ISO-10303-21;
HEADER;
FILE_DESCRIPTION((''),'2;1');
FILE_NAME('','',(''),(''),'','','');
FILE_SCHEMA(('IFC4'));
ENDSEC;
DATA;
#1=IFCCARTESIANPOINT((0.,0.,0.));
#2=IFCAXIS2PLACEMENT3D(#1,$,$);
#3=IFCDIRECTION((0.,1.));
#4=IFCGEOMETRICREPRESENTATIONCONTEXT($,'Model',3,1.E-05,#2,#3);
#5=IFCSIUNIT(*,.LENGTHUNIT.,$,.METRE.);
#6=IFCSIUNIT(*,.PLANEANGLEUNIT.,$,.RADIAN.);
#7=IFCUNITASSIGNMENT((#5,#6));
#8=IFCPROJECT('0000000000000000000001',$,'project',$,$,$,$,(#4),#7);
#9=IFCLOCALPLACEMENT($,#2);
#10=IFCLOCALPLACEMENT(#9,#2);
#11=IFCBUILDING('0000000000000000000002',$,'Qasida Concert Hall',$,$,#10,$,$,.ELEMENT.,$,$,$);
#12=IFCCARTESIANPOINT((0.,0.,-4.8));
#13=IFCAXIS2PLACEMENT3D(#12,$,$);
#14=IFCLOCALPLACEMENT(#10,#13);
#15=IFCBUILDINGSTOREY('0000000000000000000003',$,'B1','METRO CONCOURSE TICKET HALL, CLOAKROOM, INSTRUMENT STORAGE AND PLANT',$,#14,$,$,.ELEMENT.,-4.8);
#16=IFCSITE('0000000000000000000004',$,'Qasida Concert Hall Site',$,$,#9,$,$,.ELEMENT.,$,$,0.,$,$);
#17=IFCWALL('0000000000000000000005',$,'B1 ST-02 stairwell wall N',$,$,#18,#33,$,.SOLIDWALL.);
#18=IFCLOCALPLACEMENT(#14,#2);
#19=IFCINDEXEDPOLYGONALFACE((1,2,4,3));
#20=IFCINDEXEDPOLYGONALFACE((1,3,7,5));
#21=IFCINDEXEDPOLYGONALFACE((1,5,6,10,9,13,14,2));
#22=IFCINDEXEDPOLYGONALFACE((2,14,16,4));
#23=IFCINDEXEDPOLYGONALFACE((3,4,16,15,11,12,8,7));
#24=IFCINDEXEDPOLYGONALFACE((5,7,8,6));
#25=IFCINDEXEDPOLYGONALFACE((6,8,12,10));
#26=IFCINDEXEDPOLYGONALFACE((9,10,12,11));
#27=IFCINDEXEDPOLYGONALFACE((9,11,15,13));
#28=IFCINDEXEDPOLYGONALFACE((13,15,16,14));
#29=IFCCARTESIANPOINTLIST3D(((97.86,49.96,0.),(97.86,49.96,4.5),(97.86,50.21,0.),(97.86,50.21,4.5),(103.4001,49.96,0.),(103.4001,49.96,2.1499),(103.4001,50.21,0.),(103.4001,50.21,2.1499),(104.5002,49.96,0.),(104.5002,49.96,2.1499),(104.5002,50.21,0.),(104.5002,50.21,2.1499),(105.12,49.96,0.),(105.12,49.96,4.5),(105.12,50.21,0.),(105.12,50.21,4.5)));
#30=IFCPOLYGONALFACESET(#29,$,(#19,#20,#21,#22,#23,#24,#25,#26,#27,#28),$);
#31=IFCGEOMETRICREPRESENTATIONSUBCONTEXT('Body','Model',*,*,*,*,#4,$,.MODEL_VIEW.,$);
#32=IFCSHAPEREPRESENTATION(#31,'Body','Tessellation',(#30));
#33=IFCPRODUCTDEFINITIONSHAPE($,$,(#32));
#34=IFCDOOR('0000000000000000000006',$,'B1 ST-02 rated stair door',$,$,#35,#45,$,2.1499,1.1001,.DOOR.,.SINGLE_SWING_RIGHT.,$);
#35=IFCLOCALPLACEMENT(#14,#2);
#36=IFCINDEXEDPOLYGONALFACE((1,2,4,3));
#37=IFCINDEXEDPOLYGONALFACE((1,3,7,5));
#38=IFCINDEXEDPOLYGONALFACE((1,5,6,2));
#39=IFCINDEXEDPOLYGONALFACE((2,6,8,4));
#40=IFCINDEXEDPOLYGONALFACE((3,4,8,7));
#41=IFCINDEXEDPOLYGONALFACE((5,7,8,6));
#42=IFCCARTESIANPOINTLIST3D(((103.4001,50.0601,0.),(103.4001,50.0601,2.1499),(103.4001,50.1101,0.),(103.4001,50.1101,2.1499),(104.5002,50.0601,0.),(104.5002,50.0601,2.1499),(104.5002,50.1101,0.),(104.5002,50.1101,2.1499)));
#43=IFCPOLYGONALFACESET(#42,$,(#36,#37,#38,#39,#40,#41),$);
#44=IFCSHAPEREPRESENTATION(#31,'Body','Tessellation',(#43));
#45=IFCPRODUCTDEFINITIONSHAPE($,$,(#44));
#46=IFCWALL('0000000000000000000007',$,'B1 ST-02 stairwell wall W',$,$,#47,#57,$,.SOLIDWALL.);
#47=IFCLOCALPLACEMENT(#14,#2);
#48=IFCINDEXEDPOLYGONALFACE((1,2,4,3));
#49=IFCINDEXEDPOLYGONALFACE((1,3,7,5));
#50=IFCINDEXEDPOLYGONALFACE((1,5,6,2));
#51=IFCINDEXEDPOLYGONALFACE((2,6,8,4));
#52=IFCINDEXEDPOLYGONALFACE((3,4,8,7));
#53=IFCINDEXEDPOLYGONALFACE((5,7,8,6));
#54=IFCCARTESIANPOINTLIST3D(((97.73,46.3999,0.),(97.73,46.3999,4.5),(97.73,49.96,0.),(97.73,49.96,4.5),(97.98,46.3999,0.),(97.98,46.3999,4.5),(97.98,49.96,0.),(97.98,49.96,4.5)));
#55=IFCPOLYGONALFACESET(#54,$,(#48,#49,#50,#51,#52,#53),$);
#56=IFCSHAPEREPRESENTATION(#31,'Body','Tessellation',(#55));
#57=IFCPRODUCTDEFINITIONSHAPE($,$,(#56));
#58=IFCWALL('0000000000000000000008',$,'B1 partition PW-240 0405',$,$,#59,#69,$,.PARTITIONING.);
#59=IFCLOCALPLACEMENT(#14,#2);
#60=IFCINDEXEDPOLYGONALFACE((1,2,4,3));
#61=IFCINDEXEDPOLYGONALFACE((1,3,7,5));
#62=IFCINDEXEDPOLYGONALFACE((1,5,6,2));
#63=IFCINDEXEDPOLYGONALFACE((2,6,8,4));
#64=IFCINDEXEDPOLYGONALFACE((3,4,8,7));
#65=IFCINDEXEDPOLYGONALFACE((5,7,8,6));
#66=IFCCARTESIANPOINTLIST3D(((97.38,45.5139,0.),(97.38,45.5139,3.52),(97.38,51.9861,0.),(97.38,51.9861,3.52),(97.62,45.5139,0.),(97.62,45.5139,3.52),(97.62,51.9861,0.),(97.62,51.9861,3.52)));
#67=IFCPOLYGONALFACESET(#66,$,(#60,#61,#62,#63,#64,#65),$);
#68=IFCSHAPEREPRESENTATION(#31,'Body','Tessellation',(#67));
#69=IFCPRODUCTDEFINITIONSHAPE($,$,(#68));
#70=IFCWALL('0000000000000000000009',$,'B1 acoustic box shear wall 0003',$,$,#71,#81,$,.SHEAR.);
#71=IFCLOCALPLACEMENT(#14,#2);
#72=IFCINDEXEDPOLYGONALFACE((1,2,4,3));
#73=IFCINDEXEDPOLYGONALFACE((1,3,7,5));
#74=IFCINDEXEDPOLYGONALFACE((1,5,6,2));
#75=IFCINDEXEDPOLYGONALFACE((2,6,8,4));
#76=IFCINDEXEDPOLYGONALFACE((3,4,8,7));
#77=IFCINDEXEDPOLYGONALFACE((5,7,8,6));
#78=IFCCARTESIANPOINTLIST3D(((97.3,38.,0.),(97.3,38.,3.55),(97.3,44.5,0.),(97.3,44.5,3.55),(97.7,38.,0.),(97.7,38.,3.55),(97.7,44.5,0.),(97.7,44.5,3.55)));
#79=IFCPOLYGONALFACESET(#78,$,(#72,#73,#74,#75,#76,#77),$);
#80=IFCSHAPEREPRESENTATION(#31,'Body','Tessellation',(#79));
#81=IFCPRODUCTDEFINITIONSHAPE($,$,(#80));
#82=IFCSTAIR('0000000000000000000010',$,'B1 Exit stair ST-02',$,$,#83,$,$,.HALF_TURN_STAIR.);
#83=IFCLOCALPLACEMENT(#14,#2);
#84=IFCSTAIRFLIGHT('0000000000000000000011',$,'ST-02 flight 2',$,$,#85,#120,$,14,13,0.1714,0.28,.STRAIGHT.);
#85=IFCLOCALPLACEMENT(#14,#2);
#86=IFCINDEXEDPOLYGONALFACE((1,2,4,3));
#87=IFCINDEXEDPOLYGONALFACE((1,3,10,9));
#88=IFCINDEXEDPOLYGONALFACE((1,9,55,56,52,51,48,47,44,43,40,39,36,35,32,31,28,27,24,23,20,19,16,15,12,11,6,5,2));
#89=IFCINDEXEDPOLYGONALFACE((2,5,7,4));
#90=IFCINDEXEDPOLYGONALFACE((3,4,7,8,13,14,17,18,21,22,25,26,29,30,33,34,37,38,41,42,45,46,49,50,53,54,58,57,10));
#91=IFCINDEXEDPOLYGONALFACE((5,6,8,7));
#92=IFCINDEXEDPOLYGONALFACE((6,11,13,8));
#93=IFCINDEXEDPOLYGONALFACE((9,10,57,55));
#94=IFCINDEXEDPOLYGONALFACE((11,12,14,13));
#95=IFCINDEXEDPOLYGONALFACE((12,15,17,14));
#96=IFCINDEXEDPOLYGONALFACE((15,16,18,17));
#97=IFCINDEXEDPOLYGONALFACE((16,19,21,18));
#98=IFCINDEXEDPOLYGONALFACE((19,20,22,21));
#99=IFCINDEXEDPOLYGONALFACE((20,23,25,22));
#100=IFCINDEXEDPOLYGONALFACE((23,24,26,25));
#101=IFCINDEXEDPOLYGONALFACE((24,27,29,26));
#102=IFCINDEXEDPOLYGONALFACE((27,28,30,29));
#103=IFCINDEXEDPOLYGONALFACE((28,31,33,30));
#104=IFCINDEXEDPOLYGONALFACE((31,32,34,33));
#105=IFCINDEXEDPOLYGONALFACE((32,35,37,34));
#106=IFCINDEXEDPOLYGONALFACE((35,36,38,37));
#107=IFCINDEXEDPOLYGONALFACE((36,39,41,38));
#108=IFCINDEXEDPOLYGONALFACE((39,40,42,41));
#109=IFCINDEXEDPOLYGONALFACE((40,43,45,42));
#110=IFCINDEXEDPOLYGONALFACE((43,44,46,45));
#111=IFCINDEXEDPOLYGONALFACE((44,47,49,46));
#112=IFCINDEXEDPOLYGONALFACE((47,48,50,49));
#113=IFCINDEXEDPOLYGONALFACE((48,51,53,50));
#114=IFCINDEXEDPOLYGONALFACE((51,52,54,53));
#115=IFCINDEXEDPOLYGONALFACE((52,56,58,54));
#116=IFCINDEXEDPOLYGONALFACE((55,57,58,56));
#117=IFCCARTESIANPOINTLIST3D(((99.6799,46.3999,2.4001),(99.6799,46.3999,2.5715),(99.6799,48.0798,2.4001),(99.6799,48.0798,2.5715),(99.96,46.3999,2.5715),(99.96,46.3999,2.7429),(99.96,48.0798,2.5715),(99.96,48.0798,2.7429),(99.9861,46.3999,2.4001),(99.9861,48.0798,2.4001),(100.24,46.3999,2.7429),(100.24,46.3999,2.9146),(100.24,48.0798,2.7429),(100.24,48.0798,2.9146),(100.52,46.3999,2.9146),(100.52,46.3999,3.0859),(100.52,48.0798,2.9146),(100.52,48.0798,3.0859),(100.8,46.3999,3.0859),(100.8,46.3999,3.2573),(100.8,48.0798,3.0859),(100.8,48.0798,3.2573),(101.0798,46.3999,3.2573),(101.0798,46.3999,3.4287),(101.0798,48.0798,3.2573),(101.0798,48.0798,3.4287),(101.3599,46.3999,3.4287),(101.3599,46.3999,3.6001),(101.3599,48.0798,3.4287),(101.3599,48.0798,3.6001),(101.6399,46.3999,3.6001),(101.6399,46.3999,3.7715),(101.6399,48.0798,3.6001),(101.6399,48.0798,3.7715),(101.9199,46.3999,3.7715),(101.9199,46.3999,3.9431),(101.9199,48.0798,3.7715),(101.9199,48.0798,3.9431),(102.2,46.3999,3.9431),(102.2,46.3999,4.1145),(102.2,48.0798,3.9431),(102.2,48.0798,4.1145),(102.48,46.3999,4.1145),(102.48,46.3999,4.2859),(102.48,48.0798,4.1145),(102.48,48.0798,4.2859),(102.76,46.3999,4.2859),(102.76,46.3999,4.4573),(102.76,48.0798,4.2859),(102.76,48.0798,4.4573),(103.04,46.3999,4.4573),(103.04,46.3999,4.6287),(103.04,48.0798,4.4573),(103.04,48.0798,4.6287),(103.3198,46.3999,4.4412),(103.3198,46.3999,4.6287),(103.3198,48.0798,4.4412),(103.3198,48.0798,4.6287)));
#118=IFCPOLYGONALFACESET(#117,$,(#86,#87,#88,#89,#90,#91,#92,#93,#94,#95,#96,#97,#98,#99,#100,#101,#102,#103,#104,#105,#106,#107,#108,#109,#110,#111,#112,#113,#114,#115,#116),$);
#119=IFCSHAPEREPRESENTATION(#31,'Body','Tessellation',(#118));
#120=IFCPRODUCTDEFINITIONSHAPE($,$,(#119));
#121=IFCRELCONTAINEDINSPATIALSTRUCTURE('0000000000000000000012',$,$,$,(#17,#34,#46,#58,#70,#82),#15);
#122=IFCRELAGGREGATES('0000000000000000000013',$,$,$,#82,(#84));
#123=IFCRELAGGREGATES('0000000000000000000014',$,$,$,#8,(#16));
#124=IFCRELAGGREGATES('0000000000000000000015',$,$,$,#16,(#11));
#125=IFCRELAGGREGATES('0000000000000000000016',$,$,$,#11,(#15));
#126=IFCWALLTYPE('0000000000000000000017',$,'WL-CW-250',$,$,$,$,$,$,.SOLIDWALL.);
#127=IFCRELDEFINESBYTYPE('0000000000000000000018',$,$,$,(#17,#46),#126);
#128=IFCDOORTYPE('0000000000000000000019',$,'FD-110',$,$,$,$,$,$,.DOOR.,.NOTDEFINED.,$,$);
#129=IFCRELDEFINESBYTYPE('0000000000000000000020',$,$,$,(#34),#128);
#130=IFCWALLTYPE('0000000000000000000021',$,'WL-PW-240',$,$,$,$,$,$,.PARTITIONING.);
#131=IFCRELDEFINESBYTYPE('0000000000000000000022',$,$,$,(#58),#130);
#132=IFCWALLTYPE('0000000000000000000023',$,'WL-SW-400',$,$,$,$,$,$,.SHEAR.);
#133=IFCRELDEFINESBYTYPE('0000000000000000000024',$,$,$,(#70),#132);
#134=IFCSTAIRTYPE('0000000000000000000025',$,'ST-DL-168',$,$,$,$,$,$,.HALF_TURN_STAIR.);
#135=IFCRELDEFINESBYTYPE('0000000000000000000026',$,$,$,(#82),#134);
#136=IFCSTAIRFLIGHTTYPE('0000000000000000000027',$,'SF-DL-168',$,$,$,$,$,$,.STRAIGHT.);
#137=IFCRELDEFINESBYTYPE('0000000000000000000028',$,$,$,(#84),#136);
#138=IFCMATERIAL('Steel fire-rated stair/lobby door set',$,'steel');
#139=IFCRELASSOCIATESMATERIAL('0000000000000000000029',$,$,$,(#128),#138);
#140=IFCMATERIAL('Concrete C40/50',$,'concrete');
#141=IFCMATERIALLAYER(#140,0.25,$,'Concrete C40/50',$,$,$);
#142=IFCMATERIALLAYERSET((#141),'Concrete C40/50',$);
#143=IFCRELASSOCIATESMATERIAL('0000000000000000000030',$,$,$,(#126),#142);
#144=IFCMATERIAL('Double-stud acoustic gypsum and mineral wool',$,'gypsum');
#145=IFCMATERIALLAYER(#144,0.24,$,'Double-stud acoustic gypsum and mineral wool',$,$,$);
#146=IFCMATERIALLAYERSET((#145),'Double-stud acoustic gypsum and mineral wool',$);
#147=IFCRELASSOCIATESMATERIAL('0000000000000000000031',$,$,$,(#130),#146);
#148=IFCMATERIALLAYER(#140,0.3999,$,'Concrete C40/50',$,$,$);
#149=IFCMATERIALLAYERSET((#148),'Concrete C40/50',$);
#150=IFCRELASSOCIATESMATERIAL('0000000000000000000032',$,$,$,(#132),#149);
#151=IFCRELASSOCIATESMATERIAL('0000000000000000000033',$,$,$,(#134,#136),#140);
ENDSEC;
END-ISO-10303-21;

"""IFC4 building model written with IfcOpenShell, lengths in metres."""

from ifc_helpers import new_model, si_unit, direction, frame, frame_2d, origin, place, context, subcontext, project, spatial, polyline, rectangle, outline, extrude, material, layer, layer_set, type_object, element, fill, aggregate, save


model = new_model("IFC4")

# Units and contexts
model_context = context("Model", 3, precision=1e-05, world=origin(), true_north=direction((0.0, 1.0)))
body_context = subcontext(model_context, "Body", "Model", "MODEL_VIEW")
ifc_project = project(units=[si_unit("LENGTHUNIT", "METRE"), si_unit("PLANEANGLEUNIT", "RADIAN")], contexts=[model_context])

# Site, building, storey
site_placement = place(None, origin())
site = spatial("IfcSite", under=ifc_project, at=site_placement, Name="Qasida Concert Hall Site", CompositionType="ELEMENT", RefElevation=0.0)
building_placement = place(site_placement, origin())
building = spatial("IfcBuilding", under=site, at=building_placement, Name="Qasida Concert Hall", CompositionType="ELEMENT")
storey_placement = place(building_placement, frame((0.0, 0.0, -4.8)))
storey = spatial("IfcBuildingStorey", under=building, at=storey_placement, Name="B1", Description="METRO CONCOURSE TICKET HALL, CLOAKROOM, INSTRUMENT STORAGE AND PLANT", CompositionType="ELEMENT", Elevation=-4.8)

# Shared definitions
ifc_material_1 = material(Name="Concrete C40/50", Category="concrete")

# Wall, opening, door
ifc_material_2 = material(Name="Steel fire-rated stair/lobby door set", Category="steel")
door_type = type_object("IfcDoorType", Name="FD-110", OperationType="NOTDEFINED", PredefinedType="DOOR", material=ifc_material_2)
ifc_layer_1 = layer(ifc_material_1, 0.25, Name="Concrete C40/50")
ifc_layer_set_1 = layer_set([ifc_layer_1], Name="Concrete C40/50")
wall_type_1 = type_object("IfcWallType", Name="WL-CW-250", PredefinedType="SOLIDWALL", material=ifc_layer_set_1)
wall_1_placement = place(storey_placement, frame((97.8601, 50.085, 0.0), z_axis=(0.0, 0.0, 1.0), x_axis=(1.0, 0.0, 0.0)))
wall_1 = element("IfcWall", 1, at=wall_1_placement, inside=storey, type_object=wall_type_1, Name="B1 ST-02 stairwell wall N", PredefinedType="SOLIDWALL", context=body_context, shape_type="SweptSolid", body=[
    extrude(rectangle(XDim=7.26, YDim=0.25, at=frame_2d((3.6299, 0.0))), origin(), (0.0, 0.0, 1.0), 4.5),
])
opening_1_placement = place(wall_1_placement, frame((5.54, 0.0, 0.0)))
opening_1 = element("IfcOpeningElement", 2, at=opening_1_placement, cuts=wall_1, PredefinedType="OPENING", context=body_context, shape_type="SweptSolid", body=[
    extrude(rectangle(XDim=1.1001, YDim=2.1499, at=frame_2d((0.55, 1.075))), frame((0.0, 0.135, 0.0), z_axis=(0.0, -1.0, 0.0), x_axis=(1.0, 0.0, 0.0)), (0.0, 0.0, 1.0), 0.27),
])
door_1_placement = place(opening_1_placement, frame((1.1001, 0.0, 0.0), z_axis=(0.0, 0.0, 1.0), x_axis=(-1.0, 0.0, 0.0)))
door_1 = element("IfcDoor", 3, at=door_1_placement, inside=storey, type_object=door_type, Name="B1 ST-02 rated stair door", OperationType="SINGLE_SWING_RIGHT", OverallHeight=2.1499, OverallWidth=1.1001, PredefinedType="DOOR", context=body_context, shape_type="SweptSolid", body=[
    extrude(rectangle(XDim=1.1001, YDim=2.1499, at=frame_2d((0.55, 1.075))), frame((0.0, 0.0249, 0.0), z_axis=(0.0, -1.0, 0.0), x_axis=(1.0, 0.0, 0.0)), (0.0, 0.0, 1.0), 0.05),
])
fill(opening_1, door_1)

# Walls
wall_2_placement = place(storey_placement, frame((97.855, 46.3999, 0.0), z_axis=(0.0, 0.0, 1.0), x_axis=(0.0, 1.0, 0.0)))
element("IfcWall", 4, at=wall_2_placement, inside=storey, type_object=wall_type_1, Name="B1 ST-02 stairwell wall W", PredefinedType="SOLIDWALL", context=body_context, shape_type="SweptSolid", body=[
    extrude(rectangle(XDim=3.5601, YDim=0.25, at=frame_2d((1.78, 0.0))), origin(), (0.0, 0.0, 1.0), 4.5),
])
ifc_material_3 = material(Name="Double-stud acoustic gypsum and mineral wool", Category="gypsum")
ifc_layer_2 = layer(ifc_material_3, 0.24, Name="Double-stud acoustic gypsum and mineral wool")
ifc_layer_set_2 = layer_set([ifc_layer_2], Name="Double-stud acoustic gypsum and mineral wool")
wall_type_2 = type_object("IfcWallType", Name="WL-PW-240", PredefinedType="PARTITIONING", material=ifc_layer_set_2)
wall_3_placement = place(storey_placement, frame((97.5, 45.5139, 0.0), z_axis=(0.0, 0.0, 1.0), x_axis=(0.0, 1.0, 0.0)))
element("IfcWall", 5, at=wall_3_placement, inside=storey, type_object=wall_type_2, Name="B1 partition PW-240 0405", PredefinedType="PARTITIONING", context=body_context, shape_type="SweptSolid", body=[
    extrude(rectangle(XDim=6.4722, YDim=0.24, at=frame_2d((3.2361, 0.0))), origin(), (0.0, 0.0, 1.0), 3.52),
])
ifc_layer_3 = layer(ifc_material_1, 0.3999, Name="Concrete C40/50")
ifc_layer_set_3 = layer_set([ifc_layer_3], Name="Concrete C40/50")
wall_type_3 = type_object("IfcWallType", Name="WL-SW-400", PredefinedType="SHEAR", material=ifc_layer_set_3)
wall_4_placement = place(storey_placement, frame((97.5, 38.0, 0.0), z_axis=(0.0, 0.0, 1.0), x_axis=(0.0, 1.0, 0.0)))
element("IfcWall", 6, at=wall_4_placement, inside=storey, type_object=wall_type_3, Name="B1 acoustic box shear wall 0003", PredefinedType="SHEAR", context=body_context, shape_type="SweptSolid", body=[
    extrude(rectangle(XDim=6.5, YDim=0.3999, at=frame_2d((3.25, 0.0))), origin(), (0.0, 0.0, 1.0), 3.55),
])

# Stair, stair flight
stair_type = type_object("IfcStairType", Name="ST-DL-168", PredefinedType="HALF_TURN_STAIR", material=ifc_material_1)
stair_placement = place(storey_placement, origin())
stair = element("IfcStair", 7, at=stair_placement, inside=storey, type_object=stair_type, Name="B1 Exit stair ST-02", PredefinedType="HALF_TURN_STAIR")
stair_flight_type = type_object("IfcStairFlightType", Name="SF-DL-168", PredefinedType="STRAIGHT", material=ifc_material_1)
stair_flight_placement = place(storey_placement, frame((99.6799, 47.24, 2.4001), z_axis=(0.0, 0.0, 1.0), x_axis=(1.0, 0.0, 0.0)))
stair_flight = element("IfcStairFlight", 8, at=stair_flight_placement, type_object=stair_flight_type, Name="ST-02 flight 2", NumberOfRisers=14, NumberOfTreads=13, PredefinedType="STRAIGHT", RiserHeight=0.1714, TreadLength=0.28, context=body_context, shape_type="SweptSolid", body=[
    extrude(outline(polyline([(0.0, 0.0), (0.0, 0.1714), (0.28, 0.1714), (0.28, 0.3428), (0.5601, 0.3428), (0.5601, 0.5144), (0.8401, 0.5144), (0.8401, 0.6858), (1.1201, 0.6858), (1.1201, 0.8572), (1.3999, 0.8572), (1.3999, 1.0286), (1.6799, 1.0286), (1.6799, 1.2), (1.96, 1.2), (1.96, 1.3713), (2.24, 1.3713), (2.24, 1.543), (2.52, 1.543), (2.52, 1.7144), (2.8, 1.7144), (2.8, 1.8857), (3.0801, 1.8857), (3.0801, 2.0571), (3.3601, 2.0571), (3.3601, 2.2285), (3.6399, 2.2285), (3.6399, 2.3999), (3.6399, 2.041), (0.3062, 0.0), (0.0, 0.0)])), frame((0.0, 0.8398, 0.0), z_axis=(0.0, -1.0, 0.0), x_axis=(1.0, 0.0, 0.0)), (0.0, 0.0, 1.0), 1.6799),
])
aggregate(stair, [stair_flight])

save(model, "model.ifc")
